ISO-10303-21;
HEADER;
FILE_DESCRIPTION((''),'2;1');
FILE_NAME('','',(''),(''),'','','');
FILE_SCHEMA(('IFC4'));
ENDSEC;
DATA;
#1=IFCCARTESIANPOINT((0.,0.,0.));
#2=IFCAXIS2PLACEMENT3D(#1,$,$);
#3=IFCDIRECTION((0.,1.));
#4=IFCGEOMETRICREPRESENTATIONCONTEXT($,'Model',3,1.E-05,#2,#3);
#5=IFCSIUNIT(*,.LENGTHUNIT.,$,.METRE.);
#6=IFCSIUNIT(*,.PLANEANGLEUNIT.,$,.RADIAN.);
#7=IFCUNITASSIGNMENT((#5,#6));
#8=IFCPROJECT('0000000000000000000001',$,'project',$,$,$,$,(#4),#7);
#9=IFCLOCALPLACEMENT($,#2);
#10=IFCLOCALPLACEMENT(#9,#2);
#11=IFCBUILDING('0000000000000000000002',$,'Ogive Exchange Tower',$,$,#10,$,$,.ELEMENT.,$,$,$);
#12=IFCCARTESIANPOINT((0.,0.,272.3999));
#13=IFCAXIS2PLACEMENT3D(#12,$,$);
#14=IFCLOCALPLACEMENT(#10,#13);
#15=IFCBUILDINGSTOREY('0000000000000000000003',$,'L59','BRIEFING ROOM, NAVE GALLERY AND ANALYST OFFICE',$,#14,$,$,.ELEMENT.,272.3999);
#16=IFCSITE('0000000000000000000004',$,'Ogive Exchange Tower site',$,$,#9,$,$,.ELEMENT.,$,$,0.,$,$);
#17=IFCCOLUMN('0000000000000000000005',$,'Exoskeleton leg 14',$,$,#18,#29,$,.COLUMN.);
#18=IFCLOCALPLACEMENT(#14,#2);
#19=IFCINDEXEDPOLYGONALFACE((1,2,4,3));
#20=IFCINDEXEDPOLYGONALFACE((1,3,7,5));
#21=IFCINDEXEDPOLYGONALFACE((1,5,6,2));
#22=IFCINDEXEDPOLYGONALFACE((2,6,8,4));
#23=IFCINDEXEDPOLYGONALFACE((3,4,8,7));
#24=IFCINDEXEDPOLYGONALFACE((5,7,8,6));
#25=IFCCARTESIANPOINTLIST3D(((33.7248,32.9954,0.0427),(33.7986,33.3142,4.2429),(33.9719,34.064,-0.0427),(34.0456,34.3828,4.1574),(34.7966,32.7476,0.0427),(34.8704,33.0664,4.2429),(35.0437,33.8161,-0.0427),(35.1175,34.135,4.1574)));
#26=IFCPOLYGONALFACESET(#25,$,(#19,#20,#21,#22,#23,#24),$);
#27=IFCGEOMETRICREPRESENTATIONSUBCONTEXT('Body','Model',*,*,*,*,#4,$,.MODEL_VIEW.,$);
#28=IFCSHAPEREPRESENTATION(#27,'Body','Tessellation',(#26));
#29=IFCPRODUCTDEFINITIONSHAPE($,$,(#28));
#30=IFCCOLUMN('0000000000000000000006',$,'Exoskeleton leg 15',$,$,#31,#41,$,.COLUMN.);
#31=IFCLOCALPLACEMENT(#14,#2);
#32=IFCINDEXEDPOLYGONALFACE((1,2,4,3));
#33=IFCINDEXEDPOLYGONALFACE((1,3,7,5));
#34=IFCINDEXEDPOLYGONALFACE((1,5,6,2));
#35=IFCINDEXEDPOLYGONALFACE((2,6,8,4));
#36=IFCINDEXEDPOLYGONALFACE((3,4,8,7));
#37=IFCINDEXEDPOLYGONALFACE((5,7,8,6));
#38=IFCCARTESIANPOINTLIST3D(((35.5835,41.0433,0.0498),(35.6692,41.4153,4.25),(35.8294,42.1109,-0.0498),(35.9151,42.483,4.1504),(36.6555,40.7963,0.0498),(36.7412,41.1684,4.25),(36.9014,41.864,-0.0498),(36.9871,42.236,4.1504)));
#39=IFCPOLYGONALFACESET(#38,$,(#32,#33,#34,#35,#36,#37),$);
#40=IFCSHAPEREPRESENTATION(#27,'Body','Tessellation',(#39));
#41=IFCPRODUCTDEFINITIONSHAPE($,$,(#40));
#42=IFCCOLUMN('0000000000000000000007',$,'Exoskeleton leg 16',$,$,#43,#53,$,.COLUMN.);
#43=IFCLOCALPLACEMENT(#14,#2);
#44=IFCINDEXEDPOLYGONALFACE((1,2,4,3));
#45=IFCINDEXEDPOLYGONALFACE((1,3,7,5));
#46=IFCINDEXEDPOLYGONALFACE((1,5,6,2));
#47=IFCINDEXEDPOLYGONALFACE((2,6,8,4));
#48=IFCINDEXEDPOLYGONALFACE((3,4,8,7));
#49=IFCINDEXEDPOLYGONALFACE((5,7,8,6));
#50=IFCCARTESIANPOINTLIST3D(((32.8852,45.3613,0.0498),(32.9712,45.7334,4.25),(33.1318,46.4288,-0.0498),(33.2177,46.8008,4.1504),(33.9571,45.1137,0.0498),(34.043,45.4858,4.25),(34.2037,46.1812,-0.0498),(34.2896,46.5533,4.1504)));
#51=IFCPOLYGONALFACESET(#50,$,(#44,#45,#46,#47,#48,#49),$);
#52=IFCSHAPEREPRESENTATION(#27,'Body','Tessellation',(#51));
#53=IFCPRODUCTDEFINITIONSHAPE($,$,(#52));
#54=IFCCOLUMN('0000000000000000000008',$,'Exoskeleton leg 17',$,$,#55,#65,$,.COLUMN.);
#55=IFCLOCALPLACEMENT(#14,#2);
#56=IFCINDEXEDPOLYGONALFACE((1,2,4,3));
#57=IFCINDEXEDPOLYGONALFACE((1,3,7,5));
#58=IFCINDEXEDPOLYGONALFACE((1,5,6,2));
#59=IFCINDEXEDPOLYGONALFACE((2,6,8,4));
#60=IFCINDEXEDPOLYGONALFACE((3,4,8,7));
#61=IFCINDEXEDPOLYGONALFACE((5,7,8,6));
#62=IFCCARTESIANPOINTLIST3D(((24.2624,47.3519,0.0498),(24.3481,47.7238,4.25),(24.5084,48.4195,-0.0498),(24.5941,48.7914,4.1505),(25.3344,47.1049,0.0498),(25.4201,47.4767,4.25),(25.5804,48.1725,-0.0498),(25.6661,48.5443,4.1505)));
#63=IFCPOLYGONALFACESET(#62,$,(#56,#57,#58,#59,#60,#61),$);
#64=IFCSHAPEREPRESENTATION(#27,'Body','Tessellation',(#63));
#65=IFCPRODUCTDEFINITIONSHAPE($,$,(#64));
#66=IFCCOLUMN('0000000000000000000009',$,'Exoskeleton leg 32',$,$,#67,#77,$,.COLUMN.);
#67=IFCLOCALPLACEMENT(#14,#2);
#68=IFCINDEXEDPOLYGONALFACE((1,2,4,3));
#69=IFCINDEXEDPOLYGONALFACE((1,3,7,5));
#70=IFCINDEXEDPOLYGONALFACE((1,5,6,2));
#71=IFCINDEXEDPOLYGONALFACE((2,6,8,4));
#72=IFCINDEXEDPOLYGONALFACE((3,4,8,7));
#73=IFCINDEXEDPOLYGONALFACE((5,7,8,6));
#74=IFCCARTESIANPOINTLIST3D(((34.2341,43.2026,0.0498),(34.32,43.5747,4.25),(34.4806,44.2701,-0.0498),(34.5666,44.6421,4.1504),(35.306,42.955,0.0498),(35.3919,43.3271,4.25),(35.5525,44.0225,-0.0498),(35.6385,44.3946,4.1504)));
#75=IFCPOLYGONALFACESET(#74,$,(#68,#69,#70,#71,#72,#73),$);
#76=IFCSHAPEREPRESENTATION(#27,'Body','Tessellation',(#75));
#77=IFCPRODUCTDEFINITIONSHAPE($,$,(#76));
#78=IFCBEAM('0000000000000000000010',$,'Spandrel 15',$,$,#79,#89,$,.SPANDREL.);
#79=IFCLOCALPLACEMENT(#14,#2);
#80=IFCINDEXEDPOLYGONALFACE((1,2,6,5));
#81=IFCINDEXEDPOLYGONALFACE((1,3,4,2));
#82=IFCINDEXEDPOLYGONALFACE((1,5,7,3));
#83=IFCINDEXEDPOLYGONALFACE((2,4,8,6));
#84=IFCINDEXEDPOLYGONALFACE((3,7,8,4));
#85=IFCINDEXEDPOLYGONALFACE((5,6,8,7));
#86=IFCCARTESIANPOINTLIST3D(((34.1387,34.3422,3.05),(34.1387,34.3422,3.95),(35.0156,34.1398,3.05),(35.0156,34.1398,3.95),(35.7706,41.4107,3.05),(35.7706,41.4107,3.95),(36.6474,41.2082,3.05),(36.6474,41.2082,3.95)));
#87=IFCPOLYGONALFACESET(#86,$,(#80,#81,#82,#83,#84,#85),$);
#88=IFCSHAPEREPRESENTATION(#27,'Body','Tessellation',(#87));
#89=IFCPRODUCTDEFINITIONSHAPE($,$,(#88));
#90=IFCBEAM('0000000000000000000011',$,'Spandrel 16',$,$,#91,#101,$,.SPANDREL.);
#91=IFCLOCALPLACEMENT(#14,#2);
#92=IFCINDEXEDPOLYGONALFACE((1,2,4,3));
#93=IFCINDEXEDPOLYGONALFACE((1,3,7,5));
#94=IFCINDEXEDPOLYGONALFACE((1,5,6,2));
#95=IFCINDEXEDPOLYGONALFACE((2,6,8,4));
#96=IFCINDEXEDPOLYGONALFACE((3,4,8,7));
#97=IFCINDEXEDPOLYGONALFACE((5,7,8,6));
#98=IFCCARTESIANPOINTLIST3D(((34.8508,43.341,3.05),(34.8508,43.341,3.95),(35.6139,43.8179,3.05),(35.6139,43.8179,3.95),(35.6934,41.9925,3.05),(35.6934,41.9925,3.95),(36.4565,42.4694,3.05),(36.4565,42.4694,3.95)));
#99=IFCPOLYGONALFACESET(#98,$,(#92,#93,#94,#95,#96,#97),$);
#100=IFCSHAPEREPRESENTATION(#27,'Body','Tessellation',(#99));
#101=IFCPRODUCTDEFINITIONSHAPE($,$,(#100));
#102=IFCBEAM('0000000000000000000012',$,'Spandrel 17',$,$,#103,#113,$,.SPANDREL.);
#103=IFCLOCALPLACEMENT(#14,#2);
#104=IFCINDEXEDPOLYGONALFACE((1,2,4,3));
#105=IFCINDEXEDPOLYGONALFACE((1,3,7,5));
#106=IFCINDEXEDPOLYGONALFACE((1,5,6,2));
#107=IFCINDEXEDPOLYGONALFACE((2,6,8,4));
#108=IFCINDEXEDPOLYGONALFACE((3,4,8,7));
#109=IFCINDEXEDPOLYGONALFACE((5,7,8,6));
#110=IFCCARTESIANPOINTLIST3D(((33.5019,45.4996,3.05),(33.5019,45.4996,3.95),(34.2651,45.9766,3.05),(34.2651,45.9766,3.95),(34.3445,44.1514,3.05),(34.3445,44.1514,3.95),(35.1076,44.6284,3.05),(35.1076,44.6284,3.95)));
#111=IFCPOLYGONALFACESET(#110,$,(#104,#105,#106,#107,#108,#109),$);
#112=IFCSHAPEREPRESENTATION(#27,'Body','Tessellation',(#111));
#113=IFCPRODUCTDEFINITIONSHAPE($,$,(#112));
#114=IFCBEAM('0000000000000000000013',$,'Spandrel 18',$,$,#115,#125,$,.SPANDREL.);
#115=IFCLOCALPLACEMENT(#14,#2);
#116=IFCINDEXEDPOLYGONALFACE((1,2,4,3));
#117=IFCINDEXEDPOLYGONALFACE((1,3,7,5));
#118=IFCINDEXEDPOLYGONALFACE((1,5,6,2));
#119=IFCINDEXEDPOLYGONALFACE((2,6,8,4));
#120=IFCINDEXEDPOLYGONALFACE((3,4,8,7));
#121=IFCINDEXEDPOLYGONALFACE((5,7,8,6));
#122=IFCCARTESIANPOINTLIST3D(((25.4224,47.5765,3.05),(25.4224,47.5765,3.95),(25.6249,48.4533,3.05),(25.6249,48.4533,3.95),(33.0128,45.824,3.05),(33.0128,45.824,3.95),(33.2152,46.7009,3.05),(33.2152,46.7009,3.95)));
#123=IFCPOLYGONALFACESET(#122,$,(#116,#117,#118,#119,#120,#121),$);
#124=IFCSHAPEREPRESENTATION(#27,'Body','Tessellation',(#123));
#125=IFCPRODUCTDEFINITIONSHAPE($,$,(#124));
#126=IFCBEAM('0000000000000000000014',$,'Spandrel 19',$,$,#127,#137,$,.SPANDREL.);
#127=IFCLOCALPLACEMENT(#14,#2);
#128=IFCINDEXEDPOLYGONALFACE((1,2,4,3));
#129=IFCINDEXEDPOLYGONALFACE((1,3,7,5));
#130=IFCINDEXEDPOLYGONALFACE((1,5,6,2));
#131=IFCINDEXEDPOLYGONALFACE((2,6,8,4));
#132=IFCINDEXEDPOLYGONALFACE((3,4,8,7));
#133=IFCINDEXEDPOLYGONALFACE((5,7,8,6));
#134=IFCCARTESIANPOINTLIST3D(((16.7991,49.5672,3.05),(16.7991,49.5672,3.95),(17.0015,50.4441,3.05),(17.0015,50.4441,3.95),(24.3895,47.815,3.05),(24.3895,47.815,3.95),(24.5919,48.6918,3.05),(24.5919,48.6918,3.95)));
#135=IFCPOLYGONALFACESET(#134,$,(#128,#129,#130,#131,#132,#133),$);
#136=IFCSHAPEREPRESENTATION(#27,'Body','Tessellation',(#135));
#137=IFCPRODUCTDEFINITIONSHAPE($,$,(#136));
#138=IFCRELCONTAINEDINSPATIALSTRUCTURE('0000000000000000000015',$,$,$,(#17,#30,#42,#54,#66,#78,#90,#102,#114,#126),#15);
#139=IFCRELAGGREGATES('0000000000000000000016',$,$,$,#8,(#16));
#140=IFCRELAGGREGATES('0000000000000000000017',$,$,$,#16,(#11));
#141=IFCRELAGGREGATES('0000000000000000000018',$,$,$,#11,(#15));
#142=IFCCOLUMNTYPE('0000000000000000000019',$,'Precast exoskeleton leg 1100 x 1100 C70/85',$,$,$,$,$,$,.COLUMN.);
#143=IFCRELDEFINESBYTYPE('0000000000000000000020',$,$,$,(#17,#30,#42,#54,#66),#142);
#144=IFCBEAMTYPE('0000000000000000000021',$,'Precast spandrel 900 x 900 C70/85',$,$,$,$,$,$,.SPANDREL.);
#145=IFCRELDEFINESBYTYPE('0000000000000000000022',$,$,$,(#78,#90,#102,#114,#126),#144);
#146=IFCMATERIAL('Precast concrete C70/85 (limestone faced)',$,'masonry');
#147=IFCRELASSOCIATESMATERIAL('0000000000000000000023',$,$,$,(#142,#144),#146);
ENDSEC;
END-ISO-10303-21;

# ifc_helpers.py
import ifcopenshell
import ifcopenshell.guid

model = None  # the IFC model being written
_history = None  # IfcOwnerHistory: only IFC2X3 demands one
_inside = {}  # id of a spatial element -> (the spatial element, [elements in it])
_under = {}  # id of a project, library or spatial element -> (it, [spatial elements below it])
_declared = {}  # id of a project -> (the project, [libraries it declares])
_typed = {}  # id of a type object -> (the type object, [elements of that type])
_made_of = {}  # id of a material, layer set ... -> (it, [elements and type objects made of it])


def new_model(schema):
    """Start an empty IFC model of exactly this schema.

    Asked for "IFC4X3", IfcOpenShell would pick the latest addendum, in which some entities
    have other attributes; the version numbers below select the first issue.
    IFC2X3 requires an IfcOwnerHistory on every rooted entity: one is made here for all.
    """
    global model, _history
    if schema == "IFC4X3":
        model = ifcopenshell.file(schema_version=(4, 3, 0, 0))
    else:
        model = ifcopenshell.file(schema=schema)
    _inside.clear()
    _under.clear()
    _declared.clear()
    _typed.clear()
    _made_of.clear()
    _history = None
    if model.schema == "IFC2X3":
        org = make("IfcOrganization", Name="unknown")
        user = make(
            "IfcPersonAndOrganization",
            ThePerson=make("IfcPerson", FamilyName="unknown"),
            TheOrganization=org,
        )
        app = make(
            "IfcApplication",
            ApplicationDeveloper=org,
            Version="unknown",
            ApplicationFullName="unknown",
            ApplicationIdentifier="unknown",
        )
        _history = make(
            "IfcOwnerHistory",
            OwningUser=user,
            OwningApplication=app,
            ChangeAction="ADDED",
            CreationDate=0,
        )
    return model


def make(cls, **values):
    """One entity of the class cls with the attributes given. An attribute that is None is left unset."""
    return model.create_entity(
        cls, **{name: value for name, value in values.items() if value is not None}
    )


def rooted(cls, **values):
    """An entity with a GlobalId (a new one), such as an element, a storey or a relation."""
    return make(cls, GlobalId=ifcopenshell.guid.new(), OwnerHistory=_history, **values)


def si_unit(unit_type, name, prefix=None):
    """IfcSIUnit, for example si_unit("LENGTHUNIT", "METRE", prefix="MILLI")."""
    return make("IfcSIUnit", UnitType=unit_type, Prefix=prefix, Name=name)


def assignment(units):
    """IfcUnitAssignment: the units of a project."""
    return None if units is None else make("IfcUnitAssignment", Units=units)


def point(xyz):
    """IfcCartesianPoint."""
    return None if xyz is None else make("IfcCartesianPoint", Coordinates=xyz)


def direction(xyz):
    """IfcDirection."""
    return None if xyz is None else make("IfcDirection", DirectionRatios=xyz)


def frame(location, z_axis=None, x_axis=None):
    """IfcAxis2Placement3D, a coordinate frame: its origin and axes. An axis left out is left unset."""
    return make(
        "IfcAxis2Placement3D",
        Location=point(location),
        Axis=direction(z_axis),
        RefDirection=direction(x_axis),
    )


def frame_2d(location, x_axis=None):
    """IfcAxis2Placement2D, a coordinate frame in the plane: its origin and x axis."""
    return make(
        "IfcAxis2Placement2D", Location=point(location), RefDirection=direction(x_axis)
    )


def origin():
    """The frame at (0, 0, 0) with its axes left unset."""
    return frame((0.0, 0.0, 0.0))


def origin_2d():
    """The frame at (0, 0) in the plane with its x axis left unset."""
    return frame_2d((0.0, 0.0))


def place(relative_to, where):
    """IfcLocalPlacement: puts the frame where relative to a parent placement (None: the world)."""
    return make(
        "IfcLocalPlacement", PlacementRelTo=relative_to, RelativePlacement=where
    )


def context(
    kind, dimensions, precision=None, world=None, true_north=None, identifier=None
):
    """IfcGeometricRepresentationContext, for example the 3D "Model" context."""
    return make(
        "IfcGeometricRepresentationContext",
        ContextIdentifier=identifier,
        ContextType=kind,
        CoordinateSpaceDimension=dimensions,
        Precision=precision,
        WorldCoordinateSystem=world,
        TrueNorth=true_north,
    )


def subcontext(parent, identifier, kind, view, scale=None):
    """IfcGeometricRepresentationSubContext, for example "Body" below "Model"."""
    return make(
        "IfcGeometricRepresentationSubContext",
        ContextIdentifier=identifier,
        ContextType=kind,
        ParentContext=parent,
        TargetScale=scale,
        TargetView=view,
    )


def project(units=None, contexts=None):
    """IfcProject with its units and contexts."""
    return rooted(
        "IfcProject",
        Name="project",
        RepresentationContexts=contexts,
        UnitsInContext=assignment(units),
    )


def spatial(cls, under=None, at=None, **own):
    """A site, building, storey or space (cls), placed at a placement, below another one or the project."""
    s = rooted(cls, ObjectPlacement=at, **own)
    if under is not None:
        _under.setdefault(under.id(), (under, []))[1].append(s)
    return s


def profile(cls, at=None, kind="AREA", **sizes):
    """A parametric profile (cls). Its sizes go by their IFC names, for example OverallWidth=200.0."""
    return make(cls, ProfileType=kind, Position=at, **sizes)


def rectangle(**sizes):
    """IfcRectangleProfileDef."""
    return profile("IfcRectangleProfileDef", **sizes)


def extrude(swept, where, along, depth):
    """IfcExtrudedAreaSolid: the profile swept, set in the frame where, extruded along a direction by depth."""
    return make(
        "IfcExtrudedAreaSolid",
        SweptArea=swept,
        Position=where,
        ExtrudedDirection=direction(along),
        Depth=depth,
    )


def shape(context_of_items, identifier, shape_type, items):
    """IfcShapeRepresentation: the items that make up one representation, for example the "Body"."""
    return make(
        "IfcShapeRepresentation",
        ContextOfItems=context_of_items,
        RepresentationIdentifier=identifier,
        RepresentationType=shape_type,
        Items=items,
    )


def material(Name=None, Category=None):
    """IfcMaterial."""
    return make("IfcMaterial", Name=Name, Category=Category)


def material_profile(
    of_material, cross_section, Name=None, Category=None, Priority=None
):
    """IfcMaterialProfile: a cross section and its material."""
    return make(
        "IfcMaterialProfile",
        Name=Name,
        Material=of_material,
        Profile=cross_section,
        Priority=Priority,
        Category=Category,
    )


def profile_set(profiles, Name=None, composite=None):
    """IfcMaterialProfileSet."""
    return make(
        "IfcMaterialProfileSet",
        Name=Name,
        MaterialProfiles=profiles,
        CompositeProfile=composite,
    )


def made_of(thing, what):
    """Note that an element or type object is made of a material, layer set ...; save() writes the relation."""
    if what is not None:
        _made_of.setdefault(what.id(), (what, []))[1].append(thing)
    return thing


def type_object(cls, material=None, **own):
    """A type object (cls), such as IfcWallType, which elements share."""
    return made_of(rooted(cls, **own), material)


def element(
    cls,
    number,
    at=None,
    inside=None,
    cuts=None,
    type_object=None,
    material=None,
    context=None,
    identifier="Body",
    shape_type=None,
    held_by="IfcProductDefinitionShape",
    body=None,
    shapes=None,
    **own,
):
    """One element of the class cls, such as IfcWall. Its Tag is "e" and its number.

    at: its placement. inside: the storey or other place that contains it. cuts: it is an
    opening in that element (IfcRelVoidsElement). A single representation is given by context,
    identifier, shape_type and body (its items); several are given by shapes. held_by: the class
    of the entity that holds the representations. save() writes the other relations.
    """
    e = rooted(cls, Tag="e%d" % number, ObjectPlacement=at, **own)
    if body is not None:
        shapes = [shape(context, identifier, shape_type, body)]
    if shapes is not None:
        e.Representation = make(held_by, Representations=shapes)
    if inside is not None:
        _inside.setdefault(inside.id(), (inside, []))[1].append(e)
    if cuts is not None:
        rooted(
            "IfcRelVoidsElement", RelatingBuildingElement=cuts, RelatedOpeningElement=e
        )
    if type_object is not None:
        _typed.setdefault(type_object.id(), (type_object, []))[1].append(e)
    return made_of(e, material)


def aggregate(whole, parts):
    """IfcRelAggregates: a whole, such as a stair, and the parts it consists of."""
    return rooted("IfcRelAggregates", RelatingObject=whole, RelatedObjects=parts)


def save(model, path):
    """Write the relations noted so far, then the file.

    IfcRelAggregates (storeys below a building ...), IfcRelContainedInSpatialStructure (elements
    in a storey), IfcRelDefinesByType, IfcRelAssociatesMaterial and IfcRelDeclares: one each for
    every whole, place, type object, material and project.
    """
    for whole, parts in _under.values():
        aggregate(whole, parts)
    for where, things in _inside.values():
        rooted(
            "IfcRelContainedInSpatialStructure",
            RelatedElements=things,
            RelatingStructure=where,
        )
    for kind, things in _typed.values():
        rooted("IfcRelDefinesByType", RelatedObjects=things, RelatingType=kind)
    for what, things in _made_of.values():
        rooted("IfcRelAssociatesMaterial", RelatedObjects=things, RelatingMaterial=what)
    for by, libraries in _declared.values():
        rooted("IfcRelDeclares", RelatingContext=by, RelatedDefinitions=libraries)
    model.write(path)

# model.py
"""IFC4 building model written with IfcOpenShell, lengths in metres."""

from ifc_helpers import new_model, si_unit, direction, frame, origin, origin_2d, place, context, subcontext, project, spatial, rectangle, extrude, material, material_profile, profile_set, type_object, element, save


model = new_model("IFC4")

# Units and contexts
model_context = context("Model", 3, precision=1e-05, world=origin(), true_north=direction((0.0, 1.0)))
body_context = subcontext(model_context, "Body", "Model", "MODEL_VIEW")
ifc_project = project(units=[si_unit("LENGTHUNIT", "METRE"), si_unit("PLANEANGLEUNIT", "RADIAN")], contexts=[model_context])

# Site, building, storey
site_placement = place(None, origin())
site = spatial("IfcSite", under=ifc_project, at=site_placement, Name="Ogive Exchange Tower site", CompositionType="ELEMENT", RefElevation=0.0)
building_placement = place(site_placement, origin())
building = spatial("IfcBuilding", under=site, at=building_placement, Name="Ogive Exchange Tower", CompositionType="ELEMENT")
storey_placement = place(building_placement, frame((0.0, 0.0, 272.3999)))
storey = spatial("IfcBuildingStorey", under=building, at=storey_placement, Name="L59", Description="BRIEFING ROOM, NAVE GALLERY AND ANALYST OFFICE", CompositionType="ELEMENT", Elevation=272.3999)

# Columns
ifc_material_1 = material(Name="Precast concrete C70/85 (limestone faced)", Category="masonry")
ifc_material_profile_1 = material_profile(ifc_material_1, rectangle(XDim=1.1001, YDim=1.1001, at=origin_2d()), Name="1100 x 1100")
ifc_profile_set_1 = profile_set([ifc_material_profile_1], Name="Precast concrete C70/85 (limestone faced)")
column_type = type_object("IfcColumnType", Name="Precast exoskeleton leg 1100 x 1100 C70/85", PredefinedType="COLUMN", material=ifc_profile_set_1)
column_placement = place(storey_placement, frame((34.3843, 33.4058, 0.0), z_axis=(0.017501, 0.075683, 0.996978), x_axis=(-0.974291, 0.225295, 0.0)))
element("IfcColumn", 1, at=column_placement, inside=storey, type_object=column_type, Name="Exoskeleton leg 14", PredefinedType="COLUMN", context=body_context, shape_type="SweptSolid", body=[
    extrude(rectangle(XDim=1.1001, YDim=1.1001, at=origin_2d()), origin(), (0.0, 0.0, 1.0), 4.2129),
])
for number, where, z_axis, x_axis, name in (
    (2, (36.2424, 41.4536, 0.0), (0.020318, 0.08822, 0.995894), (-0.974488, 0.224439, 0.0), "Exoskeleton leg 15"),
    (3, (33.5444, 45.7712, 0.0), (0.020376, 0.08822, 0.995893), (-0.974348, 0.225046, 0.0), "Exoskeleton leg 16"),
    (4, (24.9214, 47.7622, 0.0), (0.020319, 0.088163, 0.995899), (-0.974456, 0.224579, 0.0), "Exoskeleton leg 17"),
    (5, (34.8933, 43.6125, 0.0), (0.020376, 0.08822, 0.995893), (-0.974348, 0.225046, 0.0), "Exoskeleton leg 32"),
):
    element("IfcColumn", number, at=place(storey_placement, frame(where, z_axis=z_axis, x_axis=x_axis)), inside=storey, type_object=column_type, Name=name, PredefinedType="COLUMN", context=body_context, shape_type="SweptSolid", body=[
        extrude(rectangle(XDim=1.1001, YDim=1.1001, at=origin_2d()), origin(), (0.0, 0.0, 1.0), 4.2175),
    ])

# Beams
ifc_material_profile_2 = material_profile(ifc_material_1, rectangle(XDim=0.8999, YDim=0.8999, at=origin_2d()), Name="900 x 900")
ifc_profile_set_2 = profile_set([ifc_material_profile_2], Name="Precast concrete C70/85 (limestone faced)")
beam_type = type_object("IfcBeamType", Name="Precast spandrel 900 x 900 C70/85", PredefinedType="SPANDREL", material=ifc_profile_set_2)
beam_1_placement = place(storey_placement, frame((34.5771, 34.241, 3.5), z_axis=(0.224948, 0.974371, 0.0), x_axis=(-0.974371, 0.224948, 0.0)))
element("IfcBeam", 6, at=beam_1_placement, inside=storey, type_object=beam_type, Name="Spandrel 15", PredefinedType="SPANDREL", context=body_context, shape_type="SweptSolid", body=[
    extrude(rectangle(XDim=0.8999, YDim=0.8999, at=origin_2d()), origin(), (0.0, 0.0, 1.0), 7.2544),
])
beam_2_placement = place(storey_placement, frame((36.075, 42.231, 3.5), z_axis=(-0.529902, 0.848059, 0.0), x_axis=(-0.848059, -0.529902, 0.0)))
element("IfcBeam", 7, at=beam_2_placement, inside=storey, type_object=beam_type, Name="Spandrel 16", PredefinedType="SPANDREL", context=body_context, shape_type="SweptSolid", body=[
    extrude(rectangle(XDim=0.8999, YDim=0.8999, at=origin_2d()), origin(), (0.0, 0.0, 1.0), 1.5901),
])
beam_3_placement = place(storey_placement, frame((34.7261, 44.3899, 3.5), z_axis=(-0.529971, 0.848016, 0.0), x_axis=(-0.848016, -0.529971, 0.0)))
element("IfcBeam", 8, at=beam_3_placement, inside=storey, type_object=beam_type, Name="Spandrel 17", PredefinedType="SPANDREL", context=body_context, shape_type="SweptSolid", body=[
    extrude(rectangle(XDim=0.8999, YDim=0.8999, at=origin_2d()), origin(), (0.0, 0.0, 1.0), 1.5898),
])
for number, where, z_axis, x_axis, name in (
    (9, (33.114, 46.2625, 3.5), (-0.974368, 0.22496, 0.0), (-0.22496, -0.974368, 0.0), "Spandrel 18"),
    (10, (24.4907, 48.2534, 3.5), (-0.974375, 0.22493, 0.0), (-0.22493, -0.974375, 0.0), "Spandrel 19"),
):
    element("IfcBeam", number, at=place(storey_placement, frame(where, z_axis=z_axis, x_axis=x_axis)), inside=storey, type_object=beam_type, Name=name, PredefinedType="SPANDREL", context=body_context, shape_type="SweptSolid", body=[
        extrude(rectangle(XDim=0.8999, YDim=0.8999, at=origin_2d()), origin(), (0.0, 0.0, 1.0), 7.79),
    ])

save(model, "model.ifc")
